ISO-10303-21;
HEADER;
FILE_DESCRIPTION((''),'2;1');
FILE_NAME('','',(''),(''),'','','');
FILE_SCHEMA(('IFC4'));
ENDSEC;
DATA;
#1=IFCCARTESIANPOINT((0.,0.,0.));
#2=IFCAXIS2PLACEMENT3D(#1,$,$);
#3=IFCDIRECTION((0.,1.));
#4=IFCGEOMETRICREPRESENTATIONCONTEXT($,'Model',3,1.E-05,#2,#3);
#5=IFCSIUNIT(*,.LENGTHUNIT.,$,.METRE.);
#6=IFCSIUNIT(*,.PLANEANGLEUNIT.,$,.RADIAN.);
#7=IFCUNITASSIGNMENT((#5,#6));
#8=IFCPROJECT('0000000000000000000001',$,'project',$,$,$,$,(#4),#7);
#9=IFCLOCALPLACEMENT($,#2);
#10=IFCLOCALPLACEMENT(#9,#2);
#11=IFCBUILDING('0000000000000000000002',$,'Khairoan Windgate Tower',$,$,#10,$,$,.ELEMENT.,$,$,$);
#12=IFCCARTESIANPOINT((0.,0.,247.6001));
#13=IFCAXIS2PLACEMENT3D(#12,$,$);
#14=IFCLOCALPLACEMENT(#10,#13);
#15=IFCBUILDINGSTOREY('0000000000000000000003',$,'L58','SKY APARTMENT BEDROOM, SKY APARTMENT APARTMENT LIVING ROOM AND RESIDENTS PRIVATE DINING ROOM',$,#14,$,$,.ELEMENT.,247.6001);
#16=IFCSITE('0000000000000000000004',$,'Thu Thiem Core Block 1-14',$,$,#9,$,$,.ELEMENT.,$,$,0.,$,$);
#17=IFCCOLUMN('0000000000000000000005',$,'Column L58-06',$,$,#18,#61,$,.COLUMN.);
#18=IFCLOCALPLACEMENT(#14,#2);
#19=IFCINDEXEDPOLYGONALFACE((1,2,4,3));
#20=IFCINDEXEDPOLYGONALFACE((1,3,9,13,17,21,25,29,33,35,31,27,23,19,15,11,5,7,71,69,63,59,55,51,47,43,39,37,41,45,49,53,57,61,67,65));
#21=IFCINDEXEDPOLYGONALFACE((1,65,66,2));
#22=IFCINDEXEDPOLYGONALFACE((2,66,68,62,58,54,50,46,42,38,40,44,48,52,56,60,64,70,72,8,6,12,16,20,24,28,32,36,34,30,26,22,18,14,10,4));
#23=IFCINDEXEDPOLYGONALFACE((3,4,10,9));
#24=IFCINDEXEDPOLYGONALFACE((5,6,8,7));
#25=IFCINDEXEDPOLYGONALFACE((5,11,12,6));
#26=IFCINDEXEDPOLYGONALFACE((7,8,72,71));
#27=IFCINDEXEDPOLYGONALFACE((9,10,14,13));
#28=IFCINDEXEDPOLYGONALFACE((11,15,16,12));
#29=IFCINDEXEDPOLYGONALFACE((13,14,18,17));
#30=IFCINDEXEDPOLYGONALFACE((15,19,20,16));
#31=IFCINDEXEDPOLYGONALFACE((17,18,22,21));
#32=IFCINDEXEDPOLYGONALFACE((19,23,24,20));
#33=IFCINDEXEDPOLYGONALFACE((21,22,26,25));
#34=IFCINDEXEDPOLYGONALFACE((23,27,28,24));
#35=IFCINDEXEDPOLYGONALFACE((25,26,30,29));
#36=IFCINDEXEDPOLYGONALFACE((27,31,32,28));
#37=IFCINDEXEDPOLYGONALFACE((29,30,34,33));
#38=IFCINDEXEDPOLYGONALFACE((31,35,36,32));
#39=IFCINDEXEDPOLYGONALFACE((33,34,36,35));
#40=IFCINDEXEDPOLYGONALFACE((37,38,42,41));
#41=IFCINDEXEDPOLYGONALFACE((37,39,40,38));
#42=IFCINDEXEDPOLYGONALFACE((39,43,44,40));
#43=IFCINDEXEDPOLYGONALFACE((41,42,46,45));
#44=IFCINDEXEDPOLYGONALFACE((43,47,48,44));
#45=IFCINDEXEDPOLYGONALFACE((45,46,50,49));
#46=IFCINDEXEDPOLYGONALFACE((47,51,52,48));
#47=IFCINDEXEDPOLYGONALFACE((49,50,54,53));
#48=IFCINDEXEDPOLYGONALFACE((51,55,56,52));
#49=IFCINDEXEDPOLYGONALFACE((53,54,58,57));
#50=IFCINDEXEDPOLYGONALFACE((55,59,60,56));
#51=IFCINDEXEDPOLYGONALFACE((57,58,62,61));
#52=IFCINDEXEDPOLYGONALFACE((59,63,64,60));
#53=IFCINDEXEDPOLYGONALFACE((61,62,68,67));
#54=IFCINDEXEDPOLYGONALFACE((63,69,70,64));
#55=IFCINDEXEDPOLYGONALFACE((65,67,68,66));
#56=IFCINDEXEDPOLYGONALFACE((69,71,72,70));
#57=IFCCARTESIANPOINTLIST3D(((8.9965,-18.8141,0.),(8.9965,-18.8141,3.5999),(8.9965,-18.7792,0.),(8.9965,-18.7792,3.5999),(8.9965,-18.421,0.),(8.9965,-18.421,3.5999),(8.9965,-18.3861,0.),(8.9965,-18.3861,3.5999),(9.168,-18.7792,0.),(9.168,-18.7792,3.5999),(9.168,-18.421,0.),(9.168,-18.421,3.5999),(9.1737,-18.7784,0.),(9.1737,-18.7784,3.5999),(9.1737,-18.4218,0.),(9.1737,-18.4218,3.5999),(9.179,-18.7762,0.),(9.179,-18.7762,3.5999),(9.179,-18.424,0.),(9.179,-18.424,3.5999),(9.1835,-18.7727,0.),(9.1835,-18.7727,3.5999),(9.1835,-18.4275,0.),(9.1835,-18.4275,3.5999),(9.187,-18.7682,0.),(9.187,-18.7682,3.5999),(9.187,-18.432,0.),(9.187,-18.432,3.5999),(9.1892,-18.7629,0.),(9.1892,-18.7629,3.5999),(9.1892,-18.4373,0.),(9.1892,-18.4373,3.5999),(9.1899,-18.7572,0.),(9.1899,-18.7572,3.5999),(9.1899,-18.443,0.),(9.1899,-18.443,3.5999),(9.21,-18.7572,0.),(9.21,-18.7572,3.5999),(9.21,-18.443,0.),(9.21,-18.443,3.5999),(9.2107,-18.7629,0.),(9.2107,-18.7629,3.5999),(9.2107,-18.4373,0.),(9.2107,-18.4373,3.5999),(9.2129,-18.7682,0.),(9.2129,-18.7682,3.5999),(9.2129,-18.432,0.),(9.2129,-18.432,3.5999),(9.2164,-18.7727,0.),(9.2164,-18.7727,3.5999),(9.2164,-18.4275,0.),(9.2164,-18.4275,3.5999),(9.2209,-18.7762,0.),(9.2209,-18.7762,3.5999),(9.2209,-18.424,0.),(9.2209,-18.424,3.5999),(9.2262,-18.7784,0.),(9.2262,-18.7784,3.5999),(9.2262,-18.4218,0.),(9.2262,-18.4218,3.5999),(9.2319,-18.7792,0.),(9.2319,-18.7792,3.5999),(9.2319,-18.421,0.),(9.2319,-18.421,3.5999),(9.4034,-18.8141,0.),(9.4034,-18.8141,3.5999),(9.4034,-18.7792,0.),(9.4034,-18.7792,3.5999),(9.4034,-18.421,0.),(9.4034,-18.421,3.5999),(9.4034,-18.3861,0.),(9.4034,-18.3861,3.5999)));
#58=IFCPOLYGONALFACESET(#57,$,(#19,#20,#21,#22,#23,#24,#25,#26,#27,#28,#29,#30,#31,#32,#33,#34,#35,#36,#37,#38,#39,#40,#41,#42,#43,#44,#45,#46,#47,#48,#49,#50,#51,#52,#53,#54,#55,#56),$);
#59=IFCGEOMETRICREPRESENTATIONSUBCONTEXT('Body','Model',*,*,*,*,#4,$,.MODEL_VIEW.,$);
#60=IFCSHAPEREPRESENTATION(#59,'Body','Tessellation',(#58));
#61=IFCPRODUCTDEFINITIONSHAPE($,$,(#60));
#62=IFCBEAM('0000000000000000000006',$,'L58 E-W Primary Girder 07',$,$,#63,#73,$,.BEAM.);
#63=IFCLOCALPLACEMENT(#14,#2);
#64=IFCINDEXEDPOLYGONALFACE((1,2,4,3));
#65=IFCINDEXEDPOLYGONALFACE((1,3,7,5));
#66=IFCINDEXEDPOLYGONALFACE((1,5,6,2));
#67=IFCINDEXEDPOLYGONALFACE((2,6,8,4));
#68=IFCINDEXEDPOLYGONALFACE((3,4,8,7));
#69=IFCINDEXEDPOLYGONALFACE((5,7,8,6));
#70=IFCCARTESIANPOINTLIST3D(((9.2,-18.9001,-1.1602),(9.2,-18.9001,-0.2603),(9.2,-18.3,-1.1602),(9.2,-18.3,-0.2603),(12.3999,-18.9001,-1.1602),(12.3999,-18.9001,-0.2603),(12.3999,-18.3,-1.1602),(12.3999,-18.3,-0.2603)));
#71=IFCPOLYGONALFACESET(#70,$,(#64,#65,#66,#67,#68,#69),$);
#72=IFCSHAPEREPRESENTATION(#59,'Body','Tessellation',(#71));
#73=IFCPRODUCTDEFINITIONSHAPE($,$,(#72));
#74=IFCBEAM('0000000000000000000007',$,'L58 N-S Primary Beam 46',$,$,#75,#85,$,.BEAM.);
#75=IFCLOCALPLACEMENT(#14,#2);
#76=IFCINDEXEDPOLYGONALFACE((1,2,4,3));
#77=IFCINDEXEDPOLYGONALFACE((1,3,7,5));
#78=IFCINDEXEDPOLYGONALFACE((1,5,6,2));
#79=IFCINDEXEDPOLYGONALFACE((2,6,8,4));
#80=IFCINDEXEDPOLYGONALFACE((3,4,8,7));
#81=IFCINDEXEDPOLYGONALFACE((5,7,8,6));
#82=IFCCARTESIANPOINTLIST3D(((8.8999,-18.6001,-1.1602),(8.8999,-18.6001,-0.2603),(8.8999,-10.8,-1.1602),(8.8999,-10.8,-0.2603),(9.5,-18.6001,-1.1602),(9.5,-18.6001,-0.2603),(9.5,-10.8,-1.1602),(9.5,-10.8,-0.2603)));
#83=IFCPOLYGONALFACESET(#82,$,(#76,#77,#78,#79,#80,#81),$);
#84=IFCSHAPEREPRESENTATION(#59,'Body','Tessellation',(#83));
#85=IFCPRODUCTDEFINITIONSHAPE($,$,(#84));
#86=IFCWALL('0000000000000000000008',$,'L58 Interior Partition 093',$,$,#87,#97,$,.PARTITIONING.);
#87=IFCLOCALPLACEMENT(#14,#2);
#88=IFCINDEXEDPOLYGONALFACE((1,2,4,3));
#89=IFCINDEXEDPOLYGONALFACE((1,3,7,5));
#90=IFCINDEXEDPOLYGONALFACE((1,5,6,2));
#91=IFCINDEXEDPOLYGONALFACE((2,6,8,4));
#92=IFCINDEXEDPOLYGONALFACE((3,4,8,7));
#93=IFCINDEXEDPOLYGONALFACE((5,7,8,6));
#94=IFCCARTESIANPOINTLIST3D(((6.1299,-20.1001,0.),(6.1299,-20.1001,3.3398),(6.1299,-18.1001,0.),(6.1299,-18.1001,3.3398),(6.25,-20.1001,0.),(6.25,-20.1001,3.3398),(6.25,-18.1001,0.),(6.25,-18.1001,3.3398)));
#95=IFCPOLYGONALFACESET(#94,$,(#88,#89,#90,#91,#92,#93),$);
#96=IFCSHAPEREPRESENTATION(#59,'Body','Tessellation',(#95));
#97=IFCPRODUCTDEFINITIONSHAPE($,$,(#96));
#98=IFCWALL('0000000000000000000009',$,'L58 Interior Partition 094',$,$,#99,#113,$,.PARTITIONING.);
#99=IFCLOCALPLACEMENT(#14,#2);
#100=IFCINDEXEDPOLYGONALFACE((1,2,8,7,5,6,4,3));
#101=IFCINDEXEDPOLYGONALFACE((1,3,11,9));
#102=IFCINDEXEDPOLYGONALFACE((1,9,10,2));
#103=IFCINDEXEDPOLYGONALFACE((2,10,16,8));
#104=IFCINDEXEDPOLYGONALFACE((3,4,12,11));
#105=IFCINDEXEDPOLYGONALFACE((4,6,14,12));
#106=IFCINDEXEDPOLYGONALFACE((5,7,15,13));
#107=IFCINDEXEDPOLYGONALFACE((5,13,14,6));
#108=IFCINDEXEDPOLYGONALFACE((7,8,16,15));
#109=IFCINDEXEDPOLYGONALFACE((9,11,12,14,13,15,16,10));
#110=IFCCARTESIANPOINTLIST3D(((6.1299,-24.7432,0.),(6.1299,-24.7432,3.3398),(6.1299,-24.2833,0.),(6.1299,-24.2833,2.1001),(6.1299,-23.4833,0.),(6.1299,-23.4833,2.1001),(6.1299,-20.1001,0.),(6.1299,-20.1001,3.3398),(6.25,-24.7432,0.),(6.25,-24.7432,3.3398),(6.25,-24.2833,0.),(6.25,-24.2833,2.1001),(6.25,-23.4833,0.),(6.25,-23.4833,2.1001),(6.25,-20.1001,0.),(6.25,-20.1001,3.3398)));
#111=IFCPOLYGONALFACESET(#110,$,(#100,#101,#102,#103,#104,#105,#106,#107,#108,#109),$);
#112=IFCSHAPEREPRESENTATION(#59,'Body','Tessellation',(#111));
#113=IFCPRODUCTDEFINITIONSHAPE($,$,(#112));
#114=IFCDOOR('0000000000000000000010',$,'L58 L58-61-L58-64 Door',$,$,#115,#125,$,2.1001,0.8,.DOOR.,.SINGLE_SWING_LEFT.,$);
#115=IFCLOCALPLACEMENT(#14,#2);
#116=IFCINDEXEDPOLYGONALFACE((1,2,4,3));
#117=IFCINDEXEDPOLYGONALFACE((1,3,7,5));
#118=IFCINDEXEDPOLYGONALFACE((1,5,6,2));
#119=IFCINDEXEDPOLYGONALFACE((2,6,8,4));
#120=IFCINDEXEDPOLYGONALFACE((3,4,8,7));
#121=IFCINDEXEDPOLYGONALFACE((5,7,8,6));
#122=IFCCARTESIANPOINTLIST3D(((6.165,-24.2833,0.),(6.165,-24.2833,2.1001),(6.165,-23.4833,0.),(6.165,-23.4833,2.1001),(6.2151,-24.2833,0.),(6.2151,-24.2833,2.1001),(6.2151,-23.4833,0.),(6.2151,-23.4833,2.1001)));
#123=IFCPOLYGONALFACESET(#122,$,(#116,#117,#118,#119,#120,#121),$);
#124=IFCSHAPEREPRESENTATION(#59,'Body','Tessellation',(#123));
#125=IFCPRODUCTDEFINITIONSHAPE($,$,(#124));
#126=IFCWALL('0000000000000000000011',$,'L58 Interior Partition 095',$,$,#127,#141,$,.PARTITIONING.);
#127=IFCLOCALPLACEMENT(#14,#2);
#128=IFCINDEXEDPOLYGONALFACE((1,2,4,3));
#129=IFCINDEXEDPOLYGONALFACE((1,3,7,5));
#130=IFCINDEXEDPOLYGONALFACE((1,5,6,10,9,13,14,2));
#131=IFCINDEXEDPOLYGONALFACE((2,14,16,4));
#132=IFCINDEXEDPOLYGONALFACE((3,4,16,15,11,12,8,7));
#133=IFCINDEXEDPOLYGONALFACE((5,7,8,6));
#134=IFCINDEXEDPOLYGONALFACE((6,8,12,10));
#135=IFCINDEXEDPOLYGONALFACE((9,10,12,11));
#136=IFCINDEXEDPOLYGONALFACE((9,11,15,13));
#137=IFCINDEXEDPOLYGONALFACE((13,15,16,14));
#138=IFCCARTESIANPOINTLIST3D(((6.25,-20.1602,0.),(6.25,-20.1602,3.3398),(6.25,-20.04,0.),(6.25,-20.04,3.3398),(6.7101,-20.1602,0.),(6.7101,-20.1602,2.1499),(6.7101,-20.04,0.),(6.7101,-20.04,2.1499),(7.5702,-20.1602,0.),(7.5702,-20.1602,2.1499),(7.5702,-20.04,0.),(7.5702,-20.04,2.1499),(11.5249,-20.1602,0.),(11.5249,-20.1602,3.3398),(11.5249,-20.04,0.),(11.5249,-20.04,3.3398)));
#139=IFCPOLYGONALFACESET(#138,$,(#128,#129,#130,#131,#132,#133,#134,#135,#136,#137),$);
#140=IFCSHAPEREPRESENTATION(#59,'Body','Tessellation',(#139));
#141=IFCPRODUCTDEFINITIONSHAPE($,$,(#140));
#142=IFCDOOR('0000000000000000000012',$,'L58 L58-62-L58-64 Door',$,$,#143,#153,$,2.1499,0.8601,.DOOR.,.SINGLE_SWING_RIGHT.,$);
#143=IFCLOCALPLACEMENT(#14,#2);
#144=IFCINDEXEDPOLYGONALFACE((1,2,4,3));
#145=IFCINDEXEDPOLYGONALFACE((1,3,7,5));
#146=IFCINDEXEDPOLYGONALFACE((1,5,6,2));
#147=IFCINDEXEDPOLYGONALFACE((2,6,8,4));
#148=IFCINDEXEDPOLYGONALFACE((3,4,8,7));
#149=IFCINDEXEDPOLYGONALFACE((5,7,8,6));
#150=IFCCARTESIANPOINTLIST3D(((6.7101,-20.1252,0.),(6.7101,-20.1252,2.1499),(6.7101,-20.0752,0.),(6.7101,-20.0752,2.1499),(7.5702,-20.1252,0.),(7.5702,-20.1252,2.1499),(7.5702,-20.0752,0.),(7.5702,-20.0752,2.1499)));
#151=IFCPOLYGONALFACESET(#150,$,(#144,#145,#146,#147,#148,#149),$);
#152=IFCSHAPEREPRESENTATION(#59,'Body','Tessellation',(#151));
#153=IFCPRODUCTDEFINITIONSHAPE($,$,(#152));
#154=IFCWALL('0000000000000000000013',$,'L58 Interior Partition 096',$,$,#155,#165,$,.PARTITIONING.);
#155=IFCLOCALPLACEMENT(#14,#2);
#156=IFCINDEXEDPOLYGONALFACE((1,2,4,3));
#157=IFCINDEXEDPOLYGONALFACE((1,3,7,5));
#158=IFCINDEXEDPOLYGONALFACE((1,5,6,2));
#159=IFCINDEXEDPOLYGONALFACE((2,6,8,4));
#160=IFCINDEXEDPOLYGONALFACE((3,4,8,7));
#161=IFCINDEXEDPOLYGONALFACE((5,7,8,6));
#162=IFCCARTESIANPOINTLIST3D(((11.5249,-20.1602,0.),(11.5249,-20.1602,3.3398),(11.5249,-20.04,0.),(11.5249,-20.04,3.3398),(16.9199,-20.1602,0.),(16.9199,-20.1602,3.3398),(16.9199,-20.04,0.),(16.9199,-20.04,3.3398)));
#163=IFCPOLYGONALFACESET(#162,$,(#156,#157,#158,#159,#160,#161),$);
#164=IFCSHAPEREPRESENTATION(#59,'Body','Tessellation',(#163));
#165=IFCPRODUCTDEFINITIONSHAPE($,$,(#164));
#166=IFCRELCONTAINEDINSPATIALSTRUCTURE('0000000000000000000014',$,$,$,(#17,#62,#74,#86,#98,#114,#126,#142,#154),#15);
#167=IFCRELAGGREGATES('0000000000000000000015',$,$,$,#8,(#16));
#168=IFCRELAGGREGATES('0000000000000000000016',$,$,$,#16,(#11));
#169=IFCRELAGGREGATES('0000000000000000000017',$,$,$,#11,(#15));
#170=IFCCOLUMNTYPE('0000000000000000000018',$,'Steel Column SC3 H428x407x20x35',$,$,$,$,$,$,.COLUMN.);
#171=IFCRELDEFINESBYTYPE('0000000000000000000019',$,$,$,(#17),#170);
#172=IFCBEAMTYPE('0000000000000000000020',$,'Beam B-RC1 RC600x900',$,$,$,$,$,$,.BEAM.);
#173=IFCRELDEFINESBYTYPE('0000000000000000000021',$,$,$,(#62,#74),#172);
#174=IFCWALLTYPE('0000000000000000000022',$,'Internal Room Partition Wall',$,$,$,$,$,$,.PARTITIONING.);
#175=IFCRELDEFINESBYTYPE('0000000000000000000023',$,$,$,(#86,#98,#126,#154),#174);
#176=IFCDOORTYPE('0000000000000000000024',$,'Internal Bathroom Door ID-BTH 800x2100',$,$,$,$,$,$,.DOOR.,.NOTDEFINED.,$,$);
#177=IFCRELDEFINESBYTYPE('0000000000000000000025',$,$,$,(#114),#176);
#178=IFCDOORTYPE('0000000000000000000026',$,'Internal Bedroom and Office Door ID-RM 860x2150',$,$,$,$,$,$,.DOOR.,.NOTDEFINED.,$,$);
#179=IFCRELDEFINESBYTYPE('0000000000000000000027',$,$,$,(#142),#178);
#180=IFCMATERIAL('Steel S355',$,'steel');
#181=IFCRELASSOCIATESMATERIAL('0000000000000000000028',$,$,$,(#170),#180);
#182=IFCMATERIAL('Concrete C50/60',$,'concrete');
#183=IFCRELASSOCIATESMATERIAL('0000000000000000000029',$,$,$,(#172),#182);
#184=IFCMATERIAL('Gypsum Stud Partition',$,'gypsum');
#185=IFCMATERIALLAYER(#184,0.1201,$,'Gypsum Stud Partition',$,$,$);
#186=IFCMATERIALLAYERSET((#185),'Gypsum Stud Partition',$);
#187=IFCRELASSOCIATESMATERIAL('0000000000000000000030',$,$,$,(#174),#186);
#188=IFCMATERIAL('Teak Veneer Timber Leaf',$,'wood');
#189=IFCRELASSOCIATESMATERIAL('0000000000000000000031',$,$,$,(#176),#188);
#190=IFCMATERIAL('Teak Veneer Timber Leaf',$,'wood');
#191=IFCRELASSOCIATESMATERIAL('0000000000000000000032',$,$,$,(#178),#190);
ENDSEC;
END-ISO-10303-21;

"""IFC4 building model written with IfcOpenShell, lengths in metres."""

from ifc_helpers import new_model, si_unit, direction, frame, frame_2d, origin, origin_2d, place, context, subcontext, project, spatial, rectangle, i_section, extrude, material, layer, layer_set, material_profile, profile_set, type_object, element, fill, save


model = new_model("IFC4")

# Units and contexts
model_context = context("Model", 3, precision=1e-05, world=origin(), true_north=direction((0.0, 1.0)))
body_context = subcontext(model_context, "Body", "Model", "MODEL_VIEW")
ifc_project = project(units=[si_unit("LENGTHUNIT", "METRE"), si_unit("PLANEANGLEUNIT", "RADIAN")], contexts=[model_context])

# Site, building, storey
site_placement = place(None, origin())
site = spatial("IfcSite", under=ifc_project, at=site_placement, Name="Thu Thiem Core Block 1-14", CompositionType="ELEMENT", RefElevation=0.0)
building_placement = place(site_placement, origin())
building = spatial("IfcBuilding", under=site, at=building_placement, Name="Khairoan Windgate Tower", CompositionType="ELEMENT")
storey_placement = place(building_placement, frame((0.0, 0.0, 247.6001)))
storey = spatial("IfcBuildingStorey", under=building, at=storey_placement, Name="L58", Description="SKY APARTMENT BEDROOM, SKY APARTMENT APARTMENT LIVING ROOM AND RESIDENTS PRIVATE DINING ROOM", CompositionType="ELEMENT", Elevation=247.6001)

# Column
ifc_material_1 = material(Name="Steel S355", Category="steel")
ifc_material_profile_1 = material_profile(ifc_material_1, i_section(OverallWidth=0.407, OverallDepth=0.428, WebThickness=0.02, FlangeThickness=0.0349, FilletRadius=0.022, at=origin_2d()))
ifc_profile_set_1 = profile_set([ifc_material_profile_1], Name="Steel S355")
column_type = type_object("IfcColumnType", Name="Steel Column SC3 H428x407x20x35", PredefinedType="COLUMN", material=ifc_profile_set_1)
column_placement = place(storey_placement, frame((9.2, -18.6001, 0.0), z_axis=(0.0, 0.0, 1.0), x_axis=(1.0, 0.0, 0.0)))
element("IfcColumn", 1, at=column_placement, inside=storey, type_object=column_type, Name="Column L58-06", PredefinedType="COLUMN", context=body_context, shape_type="SweptSolid", body=[
    extrude(i_section(OverallWidth=0.407, OverallDepth=0.428, WebThickness=0.02, FlangeThickness=0.0349, FilletRadius=0.022, at=origin_2d()), origin(), (0.0, 0.0, 1.0), 3.5999),
])

# Beams
ifc_material_2 = material(Name="Concrete C50/60", Category="concrete")
ifc_material_profile_2 = material_profile(ifc_material_2, rectangle(XDim=0.6001, YDim=0.8999, at=origin_2d()))
ifc_profile_set_2 = profile_set([ifc_material_profile_2], Name="Concrete C50/60")
beam_type = type_object("IfcBeamType", Name="Beam B-RC1 RC600x900", PredefinedType="BEAM", material=ifc_profile_set_2)
beam_1_placement = place(storey_placement, frame((9.2, -18.6001, -0.7102), z_axis=(1.0, 0.0, 0.0), x_axis=(0.0, 1.0, 0.0)))
element("IfcBeam", 2, at=beam_1_placement, inside=storey, type_object=beam_type, Name="L58 E-W Primary Girder 07", PredefinedType="BEAM", context=body_context, shape_type="SweptSolid", body=[
    extrude(rectangle(XDim=0.6001, YDim=0.8999, at=origin_2d()), origin(), (0.0, 0.0, 1.0), 3.2),
])
beam_2_placement = place(storey_placement, frame((9.2, -18.6001, -0.7102), z_axis=(0.0, 1.0, 0.0), x_axis=(-1.0, 0.0, 0.0)))
element("IfcBeam", 3, at=beam_2_placement, inside=storey, type_object=beam_type, Name="L58 N-S Primary Beam 46", PredefinedType="BEAM", context=body_context, shape_type="SweptSolid", body=[
    extrude(rectangle(XDim=0.6001, YDim=0.8999, at=origin_2d()), origin(), (0.0, 0.0, 1.0), 7.8),
])

# Wall
ifc_material_3 = material(Name="Gypsum Stud Partition", Category="gypsum")
ifc_layer_1 = layer(ifc_material_3, 0.1201, Name="Gypsum Stud Partition")
ifc_layer_set_1 = layer_set([ifc_layer_1], Name="Gypsum Stud Partition")
wall_type_1 = type_object("IfcWallType", Name="Internal Room Partition Wall", PredefinedType="PARTITIONING", material=ifc_layer_set_1)
wall_1_placement = place(storey_placement, frame((6.1899, -20.1001, 0.0), z_axis=(0.0, 0.0, 1.0), x_axis=(0.0, 1.0, 0.0)))
element("IfcWall", 4, at=wall_1_placement, inside=storey, type_object=wall_type_1, Name="L58 Interior Partition 093", PredefinedType="PARTITIONING", context=body_context, shape_type="SweptSolid", body=[
    extrude(rectangle(XDim=2.0, YDim=0.1201, at=frame_2d((1.0, 0.0))), origin(), (0.0, 0.0, 1.0), 3.3398),
])

# Walls, openings, doors
wall_2_placement = place(storey_placement, frame((6.1899, -24.7432, 0.0), z_axis=(0.0, 0.0, 1.0), x_axis=(0.0, 1.0, 0.0)))
wall_2 = element("IfcWall", 5, at=wall_2_placement, inside=storey, type_object=wall_type_1, Name="L58 Interior Partition 094", PredefinedType="PARTITIONING", context=body_context, shape_type="SweptSolid", body=[
    extrude(rectangle(XDim=4.6431, YDim=0.1201, at=frame_2d((2.3215, 0.0))), origin(), (0.0, 0.0, 1.0), 3.3398),
])
opening_1_placement = place(wall_2_placement, frame((0.46, 0.0, 0.0)))
opening_1 = element("IfcOpeningElement", 6, at=opening_1_placement, cuts=wall_2, PredefinedType="OPENING", context=body_context, shape_type="SweptSolid", body=[
    extrude(rectangle(XDim=0.8, YDim=2.1001, at=frame_2d((0.3999, 1.05))), frame((0.0, 0.0701, 0.0), z_axis=(0.0, -1.0, 0.0), x_axis=(1.0, 0.0, 0.0)), (0.0, 0.0, 1.0), 0.1401),
])
ifc_material_4 = material(Name="Teak Veneer Timber Leaf", Category="wood")
door_type_1 = type_object("IfcDoorType", Name="Internal Bathroom Door ID-BTH 800x2100", OperationType="NOTDEFINED", PredefinedType="DOOR", material=ifc_material_4)
door_1_placement = place(opening_1_placement, origin())
door_1 = element("IfcDoor", 7, at=door_1_placement, inside=storey, type_object=door_type_1, Name="L58 L58-61-L58-64 Door", OperationType="SINGLE_SWING_LEFT", OverallHeight=2.1001, OverallWidth=0.8, PredefinedType="DOOR", context=body_context, shape_type="SweptSolid", body=[
    extrude(rectangle(XDim=0.8, YDim=2.1001, at=frame_2d((0.3999, 1.05))), frame((0.0, 0.0249, 0.0), z_axis=(0.0, -1.0, 0.0), x_axis=(1.0, 0.0, 0.0)), (0.0, 0.0, 1.0), 0.05),
])
fill(opening_1, door_1)
wall_3_placement = place(storey_placement, frame((6.25, -20.1001, 0.0), z_axis=(0.0, 0.0, 1.0), x_axis=(1.0, 0.0, 0.0)))
wall_3 = element("IfcWall", 8, at=wall_3_placement, inside=storey, type_object=wall_type_1, Name="L58 Interior Partition 095", PredefinedType="PARTITIONING", context=body_context, shape_type="SweptSolid", body=[
    extrude(rectangle(XDim=5.2749, YDim=0.1201, at=frame_2d((2.6375, 0.0))), origin(), (0.0, 0.0, 1.0), 3.3398),
])
opening_2_placement = place(wall_3_placement, frame((0.46, 0.0, 0.0)))
opening_2 = element("IfcOpeningElement", 9, at=opening_2_placement, cuts=wall_3, PredefinedType="OPENING", context=body_context, shape_type="SweptSolid", body=[
    extrude(rectangle(XDim=0.8601, YDim=2.1499, at=frame_2d((0.4302, 1.075))), frame((0.0, 0.0701, 0.0), z_axis=(0.0, -1.0, 0.0), x_axis=(1.0, 0.0, 0.0)), (0.0, 0.0, 1.0), 0.1401),
])
ifc_material_5 = material(Name="Teak Veneer Timber Leaf", Category="wood")
door_type_2 = type_object("IfcDoorType", Name="Internal Bedroom and Office Door ID-RM 860x2150", OperationType="NOTDEFINED", PredefinedType="DOOR", material=ifc_material_5)
door_2_placement = place(opening_2_placement, origin())
door_2 = element("IfcDoor", 10, at=door_2_placement, inside=storey, type_object=door_type_2, Name="L58 L58-62-L58-64 Door", OperationType="SINGLE_SWING_RIGHT", OverallHeight=2.1499, OverallWidth=0.8601, PredefinedType="DOOR", context=body_context, shape_type="SweptSolid", body=[
    extrude(rectangle(XDim=0.8601, YDim=2.1499, at=frame_2d((0.4302, 1.075))), frame((0.0, 0.0249, 0.0), z_axis=(0.0, -1.0, 0.0), x_axis=(1.0, 0.0, 0.0)), (0.0, 0.0, 1.0), 0.05),
])
fill(opening_2, door_2)

# Wall
wall_4_placement = place(storey_placement, frame((11.5249, -20.1001, 0.0), z_axis=(0.0, 0.0, 1.0), x_axis=(1.0, 0.0, 0.0)))
element("IfcWall", 11, at=wall_4_placement, inside=storey, type_object=wall_type_1, Name="L58 Interior Partition 096", PredefinedType="PARTITIONING", context=body_context, shape_type="SweptSolid", body=[
    extrude(rectangle(XDim=5.395, YDim=0.1201, at=frame_2d((2.6975, 0.0))), origin(), (0.0, 0.0, 1.0), 3.3398),
])

save(model, "model.ifc")
